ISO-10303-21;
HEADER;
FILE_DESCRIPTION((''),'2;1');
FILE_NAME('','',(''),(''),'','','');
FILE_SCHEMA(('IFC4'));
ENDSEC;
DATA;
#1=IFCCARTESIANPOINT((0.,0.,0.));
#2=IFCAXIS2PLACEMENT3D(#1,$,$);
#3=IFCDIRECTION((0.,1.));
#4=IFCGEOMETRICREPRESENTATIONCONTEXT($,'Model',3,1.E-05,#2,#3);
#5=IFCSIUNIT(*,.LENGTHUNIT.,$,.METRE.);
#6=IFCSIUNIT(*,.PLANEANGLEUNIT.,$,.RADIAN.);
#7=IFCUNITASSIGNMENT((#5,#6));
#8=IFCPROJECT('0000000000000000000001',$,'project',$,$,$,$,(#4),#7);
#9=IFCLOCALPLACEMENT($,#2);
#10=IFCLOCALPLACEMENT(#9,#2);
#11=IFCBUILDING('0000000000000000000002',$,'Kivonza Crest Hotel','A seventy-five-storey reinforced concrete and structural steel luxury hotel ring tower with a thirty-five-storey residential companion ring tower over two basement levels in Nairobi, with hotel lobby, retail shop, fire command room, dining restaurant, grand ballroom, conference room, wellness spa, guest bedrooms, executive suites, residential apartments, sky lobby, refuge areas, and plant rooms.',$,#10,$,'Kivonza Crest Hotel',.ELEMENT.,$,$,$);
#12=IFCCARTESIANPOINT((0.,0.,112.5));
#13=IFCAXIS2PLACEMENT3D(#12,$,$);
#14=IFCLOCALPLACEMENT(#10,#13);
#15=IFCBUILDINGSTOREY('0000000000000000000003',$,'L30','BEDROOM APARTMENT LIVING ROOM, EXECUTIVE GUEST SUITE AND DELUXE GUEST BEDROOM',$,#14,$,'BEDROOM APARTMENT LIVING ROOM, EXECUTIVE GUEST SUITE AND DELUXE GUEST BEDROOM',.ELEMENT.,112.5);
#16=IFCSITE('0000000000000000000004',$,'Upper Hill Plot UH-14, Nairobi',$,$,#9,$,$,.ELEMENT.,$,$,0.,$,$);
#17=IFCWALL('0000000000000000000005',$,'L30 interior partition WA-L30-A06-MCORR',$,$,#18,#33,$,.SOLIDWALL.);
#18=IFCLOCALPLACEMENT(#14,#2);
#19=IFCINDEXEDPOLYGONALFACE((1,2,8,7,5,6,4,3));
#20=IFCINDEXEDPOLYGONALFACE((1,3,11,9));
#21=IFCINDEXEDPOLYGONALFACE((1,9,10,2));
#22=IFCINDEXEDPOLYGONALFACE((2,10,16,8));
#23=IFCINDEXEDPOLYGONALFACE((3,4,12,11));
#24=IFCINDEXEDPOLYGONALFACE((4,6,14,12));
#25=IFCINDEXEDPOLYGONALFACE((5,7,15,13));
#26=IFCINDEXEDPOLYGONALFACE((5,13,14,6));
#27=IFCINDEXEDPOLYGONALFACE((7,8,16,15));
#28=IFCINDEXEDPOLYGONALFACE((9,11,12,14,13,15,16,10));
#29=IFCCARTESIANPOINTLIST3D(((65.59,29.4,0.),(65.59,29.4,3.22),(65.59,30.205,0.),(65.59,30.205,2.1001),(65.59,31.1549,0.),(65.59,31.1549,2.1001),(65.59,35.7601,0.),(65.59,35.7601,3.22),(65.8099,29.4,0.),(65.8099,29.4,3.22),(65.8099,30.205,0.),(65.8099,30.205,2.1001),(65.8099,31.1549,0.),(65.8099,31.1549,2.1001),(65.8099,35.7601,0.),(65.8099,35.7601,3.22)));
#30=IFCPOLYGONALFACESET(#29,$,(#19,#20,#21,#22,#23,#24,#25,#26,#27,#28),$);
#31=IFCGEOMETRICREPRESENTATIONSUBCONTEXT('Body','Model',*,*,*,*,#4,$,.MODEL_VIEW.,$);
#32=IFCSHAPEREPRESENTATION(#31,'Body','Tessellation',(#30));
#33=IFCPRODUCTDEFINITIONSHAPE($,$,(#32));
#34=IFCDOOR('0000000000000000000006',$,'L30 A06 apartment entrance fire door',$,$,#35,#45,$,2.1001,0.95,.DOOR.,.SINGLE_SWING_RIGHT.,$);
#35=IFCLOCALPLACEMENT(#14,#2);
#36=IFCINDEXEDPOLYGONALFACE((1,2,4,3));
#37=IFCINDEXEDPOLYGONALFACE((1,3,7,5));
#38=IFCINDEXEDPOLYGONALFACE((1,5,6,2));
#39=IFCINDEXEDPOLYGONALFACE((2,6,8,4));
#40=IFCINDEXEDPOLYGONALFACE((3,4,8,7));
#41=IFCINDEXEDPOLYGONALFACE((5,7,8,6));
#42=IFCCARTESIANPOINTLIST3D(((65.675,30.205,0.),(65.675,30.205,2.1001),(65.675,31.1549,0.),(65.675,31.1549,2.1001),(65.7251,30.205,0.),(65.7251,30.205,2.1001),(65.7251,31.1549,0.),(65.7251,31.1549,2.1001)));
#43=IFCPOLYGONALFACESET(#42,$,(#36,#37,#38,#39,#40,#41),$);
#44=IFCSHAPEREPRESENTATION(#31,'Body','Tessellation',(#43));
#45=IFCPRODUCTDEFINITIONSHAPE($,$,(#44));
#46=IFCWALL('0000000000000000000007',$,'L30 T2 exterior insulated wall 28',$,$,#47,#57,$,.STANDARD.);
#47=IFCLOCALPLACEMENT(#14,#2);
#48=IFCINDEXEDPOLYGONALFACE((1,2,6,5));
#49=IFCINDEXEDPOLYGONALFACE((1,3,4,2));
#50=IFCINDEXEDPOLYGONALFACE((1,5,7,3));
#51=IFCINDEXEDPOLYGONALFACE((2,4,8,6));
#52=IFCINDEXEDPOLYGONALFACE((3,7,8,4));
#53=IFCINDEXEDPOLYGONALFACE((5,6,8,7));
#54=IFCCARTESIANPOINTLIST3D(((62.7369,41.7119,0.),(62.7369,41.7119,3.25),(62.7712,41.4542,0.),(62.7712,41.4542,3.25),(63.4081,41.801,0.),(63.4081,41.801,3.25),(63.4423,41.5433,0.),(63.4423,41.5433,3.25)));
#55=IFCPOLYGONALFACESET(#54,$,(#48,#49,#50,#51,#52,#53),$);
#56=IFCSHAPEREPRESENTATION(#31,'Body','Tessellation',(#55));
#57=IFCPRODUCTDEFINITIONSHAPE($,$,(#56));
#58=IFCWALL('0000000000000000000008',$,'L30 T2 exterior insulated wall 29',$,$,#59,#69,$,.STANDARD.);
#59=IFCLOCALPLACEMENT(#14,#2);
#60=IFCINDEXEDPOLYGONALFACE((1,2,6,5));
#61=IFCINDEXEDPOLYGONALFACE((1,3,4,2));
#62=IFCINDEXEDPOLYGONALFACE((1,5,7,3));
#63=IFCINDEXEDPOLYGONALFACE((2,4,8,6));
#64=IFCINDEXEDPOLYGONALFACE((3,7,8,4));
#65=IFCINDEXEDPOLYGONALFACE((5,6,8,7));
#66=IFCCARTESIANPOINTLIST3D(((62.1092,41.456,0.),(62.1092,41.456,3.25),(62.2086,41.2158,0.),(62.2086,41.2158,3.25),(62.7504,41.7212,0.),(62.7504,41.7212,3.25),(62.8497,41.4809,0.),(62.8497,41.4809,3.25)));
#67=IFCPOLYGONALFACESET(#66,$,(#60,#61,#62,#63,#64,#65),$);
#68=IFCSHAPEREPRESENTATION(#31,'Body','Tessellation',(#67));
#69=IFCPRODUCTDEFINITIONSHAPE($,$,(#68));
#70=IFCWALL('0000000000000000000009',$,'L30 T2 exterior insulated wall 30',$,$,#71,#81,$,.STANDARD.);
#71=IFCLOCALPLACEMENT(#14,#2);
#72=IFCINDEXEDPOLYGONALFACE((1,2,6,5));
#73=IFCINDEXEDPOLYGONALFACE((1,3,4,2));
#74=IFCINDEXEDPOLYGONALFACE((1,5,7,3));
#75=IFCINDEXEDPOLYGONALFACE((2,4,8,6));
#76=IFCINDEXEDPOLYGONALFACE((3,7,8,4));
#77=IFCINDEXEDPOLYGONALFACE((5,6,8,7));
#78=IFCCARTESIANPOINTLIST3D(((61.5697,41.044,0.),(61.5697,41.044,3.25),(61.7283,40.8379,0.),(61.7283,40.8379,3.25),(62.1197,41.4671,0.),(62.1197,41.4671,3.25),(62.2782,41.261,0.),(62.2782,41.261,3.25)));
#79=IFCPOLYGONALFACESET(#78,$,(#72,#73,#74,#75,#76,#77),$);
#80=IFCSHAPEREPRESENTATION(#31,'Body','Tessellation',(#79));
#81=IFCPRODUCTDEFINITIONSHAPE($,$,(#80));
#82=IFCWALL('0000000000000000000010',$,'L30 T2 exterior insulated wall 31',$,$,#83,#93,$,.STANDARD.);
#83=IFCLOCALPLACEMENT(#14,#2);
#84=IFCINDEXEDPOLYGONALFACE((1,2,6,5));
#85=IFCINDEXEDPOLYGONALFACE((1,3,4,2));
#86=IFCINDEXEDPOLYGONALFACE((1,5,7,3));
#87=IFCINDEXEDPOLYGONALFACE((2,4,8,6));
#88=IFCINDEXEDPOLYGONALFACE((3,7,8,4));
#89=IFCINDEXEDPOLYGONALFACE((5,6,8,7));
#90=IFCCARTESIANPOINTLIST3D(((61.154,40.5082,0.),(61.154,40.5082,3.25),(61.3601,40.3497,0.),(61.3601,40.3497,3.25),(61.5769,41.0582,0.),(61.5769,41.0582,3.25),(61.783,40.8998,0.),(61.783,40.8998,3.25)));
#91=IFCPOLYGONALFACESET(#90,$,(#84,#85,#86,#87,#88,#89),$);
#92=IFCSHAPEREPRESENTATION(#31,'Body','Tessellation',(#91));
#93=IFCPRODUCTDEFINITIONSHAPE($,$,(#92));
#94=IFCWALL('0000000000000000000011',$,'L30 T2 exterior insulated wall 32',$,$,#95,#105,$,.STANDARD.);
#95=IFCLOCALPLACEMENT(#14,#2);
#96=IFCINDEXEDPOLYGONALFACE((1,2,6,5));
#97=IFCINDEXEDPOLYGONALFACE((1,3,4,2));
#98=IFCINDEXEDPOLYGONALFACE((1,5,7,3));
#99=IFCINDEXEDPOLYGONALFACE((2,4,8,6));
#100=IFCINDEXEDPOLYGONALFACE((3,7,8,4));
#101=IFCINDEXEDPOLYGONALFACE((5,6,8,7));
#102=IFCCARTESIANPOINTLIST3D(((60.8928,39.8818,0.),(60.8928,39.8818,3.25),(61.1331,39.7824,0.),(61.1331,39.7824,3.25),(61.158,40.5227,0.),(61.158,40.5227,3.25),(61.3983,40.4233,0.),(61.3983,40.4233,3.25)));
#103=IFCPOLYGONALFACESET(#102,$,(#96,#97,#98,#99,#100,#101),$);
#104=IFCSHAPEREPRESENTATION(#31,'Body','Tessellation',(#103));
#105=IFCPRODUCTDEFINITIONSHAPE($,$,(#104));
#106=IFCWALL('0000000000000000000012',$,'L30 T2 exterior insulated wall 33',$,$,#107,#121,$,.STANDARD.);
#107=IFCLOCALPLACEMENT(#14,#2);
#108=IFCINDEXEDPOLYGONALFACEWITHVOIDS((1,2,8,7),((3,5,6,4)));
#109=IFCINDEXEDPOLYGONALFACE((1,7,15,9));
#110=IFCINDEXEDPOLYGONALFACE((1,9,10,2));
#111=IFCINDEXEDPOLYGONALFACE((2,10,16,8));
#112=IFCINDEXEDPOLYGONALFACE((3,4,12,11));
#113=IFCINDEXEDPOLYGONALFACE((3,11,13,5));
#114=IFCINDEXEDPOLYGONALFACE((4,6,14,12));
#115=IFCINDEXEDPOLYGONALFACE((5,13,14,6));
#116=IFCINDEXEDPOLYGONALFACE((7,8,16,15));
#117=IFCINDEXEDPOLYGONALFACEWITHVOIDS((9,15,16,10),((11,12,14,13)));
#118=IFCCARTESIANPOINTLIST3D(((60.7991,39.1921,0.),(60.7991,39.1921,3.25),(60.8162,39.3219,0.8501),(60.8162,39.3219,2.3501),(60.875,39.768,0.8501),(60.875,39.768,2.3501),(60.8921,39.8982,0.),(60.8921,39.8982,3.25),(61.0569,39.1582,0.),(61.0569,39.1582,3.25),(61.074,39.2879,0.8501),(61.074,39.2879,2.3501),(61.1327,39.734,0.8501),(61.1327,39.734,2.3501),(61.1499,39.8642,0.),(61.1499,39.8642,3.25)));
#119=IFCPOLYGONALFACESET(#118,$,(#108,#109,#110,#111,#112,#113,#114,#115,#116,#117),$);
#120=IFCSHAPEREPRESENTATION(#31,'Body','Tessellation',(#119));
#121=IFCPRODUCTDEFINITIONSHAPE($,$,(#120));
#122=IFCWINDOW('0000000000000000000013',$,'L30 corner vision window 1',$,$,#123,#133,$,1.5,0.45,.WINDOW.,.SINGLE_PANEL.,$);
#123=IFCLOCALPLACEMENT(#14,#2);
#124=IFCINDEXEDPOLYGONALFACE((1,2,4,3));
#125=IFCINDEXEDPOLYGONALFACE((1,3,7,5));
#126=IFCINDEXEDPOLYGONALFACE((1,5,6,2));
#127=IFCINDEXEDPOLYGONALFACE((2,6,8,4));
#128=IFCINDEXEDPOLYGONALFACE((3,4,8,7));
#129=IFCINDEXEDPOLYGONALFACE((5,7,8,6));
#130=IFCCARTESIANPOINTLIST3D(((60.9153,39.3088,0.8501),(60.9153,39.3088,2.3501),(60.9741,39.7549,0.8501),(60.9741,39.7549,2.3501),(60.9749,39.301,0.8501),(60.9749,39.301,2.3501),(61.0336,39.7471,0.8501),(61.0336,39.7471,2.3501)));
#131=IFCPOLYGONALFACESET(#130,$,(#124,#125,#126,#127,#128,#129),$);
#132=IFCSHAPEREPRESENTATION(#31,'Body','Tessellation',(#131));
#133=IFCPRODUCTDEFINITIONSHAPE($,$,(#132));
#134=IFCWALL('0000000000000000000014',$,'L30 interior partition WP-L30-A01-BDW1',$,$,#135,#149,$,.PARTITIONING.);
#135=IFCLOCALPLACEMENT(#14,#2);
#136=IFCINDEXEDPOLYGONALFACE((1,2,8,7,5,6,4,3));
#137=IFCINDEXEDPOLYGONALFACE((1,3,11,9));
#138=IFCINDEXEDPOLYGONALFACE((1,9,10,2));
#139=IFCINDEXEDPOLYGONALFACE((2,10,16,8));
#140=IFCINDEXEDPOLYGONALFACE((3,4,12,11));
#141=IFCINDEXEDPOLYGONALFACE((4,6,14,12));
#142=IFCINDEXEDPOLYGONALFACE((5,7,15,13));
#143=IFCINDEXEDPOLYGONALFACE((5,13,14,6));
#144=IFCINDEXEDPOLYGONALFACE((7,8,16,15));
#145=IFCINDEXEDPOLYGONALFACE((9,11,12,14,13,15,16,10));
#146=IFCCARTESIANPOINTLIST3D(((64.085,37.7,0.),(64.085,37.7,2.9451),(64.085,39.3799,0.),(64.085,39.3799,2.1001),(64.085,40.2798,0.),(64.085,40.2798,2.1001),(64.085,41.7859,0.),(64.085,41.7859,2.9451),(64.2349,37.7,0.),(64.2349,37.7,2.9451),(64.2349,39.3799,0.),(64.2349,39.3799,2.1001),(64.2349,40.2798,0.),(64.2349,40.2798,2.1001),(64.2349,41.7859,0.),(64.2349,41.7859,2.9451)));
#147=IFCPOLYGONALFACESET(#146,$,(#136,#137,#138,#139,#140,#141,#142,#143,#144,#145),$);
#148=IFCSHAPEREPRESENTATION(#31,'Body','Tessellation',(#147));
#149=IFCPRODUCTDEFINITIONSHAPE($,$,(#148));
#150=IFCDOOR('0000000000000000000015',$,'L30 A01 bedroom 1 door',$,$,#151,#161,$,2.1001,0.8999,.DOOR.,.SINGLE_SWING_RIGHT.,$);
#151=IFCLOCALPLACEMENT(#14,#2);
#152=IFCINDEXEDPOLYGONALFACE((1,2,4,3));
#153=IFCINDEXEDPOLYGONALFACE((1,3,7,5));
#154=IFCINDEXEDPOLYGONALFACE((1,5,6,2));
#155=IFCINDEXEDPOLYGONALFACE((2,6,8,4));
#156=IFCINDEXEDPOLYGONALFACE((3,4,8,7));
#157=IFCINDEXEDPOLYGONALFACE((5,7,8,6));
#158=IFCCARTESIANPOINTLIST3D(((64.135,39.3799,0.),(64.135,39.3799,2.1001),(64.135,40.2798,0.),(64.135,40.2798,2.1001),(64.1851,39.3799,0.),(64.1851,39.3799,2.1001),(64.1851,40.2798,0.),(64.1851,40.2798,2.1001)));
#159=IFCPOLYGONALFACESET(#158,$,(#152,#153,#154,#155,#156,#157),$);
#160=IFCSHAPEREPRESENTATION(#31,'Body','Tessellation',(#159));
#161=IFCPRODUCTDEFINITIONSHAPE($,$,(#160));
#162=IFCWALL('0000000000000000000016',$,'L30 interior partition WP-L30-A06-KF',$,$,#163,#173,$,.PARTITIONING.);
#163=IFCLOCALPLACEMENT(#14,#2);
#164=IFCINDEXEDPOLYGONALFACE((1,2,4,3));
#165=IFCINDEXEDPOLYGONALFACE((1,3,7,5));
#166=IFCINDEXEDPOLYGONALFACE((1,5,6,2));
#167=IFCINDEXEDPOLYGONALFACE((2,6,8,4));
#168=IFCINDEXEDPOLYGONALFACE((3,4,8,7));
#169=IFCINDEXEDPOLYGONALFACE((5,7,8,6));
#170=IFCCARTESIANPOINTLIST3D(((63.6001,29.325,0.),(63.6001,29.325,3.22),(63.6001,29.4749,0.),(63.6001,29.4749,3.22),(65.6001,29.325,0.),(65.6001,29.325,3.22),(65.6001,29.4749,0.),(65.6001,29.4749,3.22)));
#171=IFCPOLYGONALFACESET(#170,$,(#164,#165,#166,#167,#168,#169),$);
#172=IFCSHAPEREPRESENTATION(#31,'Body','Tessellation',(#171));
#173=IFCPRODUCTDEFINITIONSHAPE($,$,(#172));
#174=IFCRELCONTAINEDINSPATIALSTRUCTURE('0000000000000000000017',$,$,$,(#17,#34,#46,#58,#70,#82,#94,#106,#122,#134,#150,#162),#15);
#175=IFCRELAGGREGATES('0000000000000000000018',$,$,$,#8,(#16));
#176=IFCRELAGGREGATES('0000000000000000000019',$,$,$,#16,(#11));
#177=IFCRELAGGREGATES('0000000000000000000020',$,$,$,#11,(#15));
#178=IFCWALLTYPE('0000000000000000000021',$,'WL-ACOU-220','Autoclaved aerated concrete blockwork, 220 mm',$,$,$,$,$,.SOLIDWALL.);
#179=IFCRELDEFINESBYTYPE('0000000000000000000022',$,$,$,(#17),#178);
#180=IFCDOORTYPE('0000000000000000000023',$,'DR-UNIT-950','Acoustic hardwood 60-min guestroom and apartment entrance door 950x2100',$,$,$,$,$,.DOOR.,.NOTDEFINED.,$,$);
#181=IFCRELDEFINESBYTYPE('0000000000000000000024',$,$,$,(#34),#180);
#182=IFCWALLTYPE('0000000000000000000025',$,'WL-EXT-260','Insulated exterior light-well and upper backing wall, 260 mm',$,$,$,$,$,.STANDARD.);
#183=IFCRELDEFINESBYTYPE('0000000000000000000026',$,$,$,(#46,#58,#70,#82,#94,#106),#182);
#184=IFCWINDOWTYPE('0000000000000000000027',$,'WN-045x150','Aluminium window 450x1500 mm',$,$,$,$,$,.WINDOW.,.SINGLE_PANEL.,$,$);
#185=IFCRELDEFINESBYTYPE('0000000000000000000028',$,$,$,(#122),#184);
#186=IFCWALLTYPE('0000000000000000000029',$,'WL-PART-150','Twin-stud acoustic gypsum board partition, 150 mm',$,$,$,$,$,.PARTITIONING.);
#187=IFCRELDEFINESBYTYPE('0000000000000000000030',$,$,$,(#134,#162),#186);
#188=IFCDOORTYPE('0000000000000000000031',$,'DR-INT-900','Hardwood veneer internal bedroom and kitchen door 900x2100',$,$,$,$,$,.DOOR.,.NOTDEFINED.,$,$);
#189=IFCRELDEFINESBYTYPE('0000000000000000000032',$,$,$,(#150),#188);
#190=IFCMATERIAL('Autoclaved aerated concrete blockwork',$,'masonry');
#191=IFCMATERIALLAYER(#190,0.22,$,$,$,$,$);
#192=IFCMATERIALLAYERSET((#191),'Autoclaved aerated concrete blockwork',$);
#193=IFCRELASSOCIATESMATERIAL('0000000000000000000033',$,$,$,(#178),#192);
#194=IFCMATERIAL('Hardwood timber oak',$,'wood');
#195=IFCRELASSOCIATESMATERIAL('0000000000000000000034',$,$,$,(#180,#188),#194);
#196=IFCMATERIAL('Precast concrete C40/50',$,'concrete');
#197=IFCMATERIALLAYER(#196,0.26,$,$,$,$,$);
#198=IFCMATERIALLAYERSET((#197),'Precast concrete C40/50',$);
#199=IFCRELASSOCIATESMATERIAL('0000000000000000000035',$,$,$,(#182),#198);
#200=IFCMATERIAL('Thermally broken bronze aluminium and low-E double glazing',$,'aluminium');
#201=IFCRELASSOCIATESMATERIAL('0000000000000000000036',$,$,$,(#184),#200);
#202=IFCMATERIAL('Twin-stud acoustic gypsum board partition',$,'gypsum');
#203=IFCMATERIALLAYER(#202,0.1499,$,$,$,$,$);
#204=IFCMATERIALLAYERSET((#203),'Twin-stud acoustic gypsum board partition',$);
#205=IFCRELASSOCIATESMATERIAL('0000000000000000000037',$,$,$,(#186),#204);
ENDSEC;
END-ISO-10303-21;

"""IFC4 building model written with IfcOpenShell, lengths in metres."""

from ifc_helpers import new_model, si_unit, direction, frame, frame_2d, origin, place, context, subcontext, project, spatial, rectangle, extrude, material, layer, layer_set, type_object, element, fill, save


model = new_model("IFC4")

# Units and contexts
model_context = context("Model", 3, precision=1e-05, world=origin(), true_north=direction((0.0, 1.0)))
body_context = subcontext(model_context, "Body", "Model", "MODEL_VIEW")
ifc_project = project(units=[si_unit("LENGTHUNIT", "METRE"), si_unit("PLANEANGLEUNIT", "RADIAN")], contexts=[model_context])

# Site, building, storey
site_placement = place(None, origin())
site = spatial("IfcSite", under=ifc_project, at=site_placement, Name="Upper Hill Plot UH-14, Nairobi", CompositionType="ELEMENT", RefElevation=0.0)
building_placement = place(site_placement, origin())
building = spatial("IfcBuilding", under=site, at=building_placement, Name="Kivonza Crest Hotel", Description="A seventy-five-storey reinforced concrete and structural steel luxury hotel ring tower with a thirty-five-storey residential companion ring tower over two basement levels in Nairobi, with hotel lobby, retail shop, fire command room, dining restaurant, grand ballroom, conference room, wellness spa, guest bedrooms, executive suites, residential apartments, sky lobby, refuge areas, and plant rooms.", LongName="Kivonza Crest Hotel", CompositionType="ELEMENT")
storey_placement = place(building_placement, frame((0.0, 0.0, 112.5)))
storey = spatial("IfcBuildingStorey", under=building, at=storey_placement, Name="L30", Description="BEDROOM APARTMENT LIVING ROOM, EXECUTIVE GUEST SUITE AND DELUXE GUEST BEDROOM", LongName="BEDROOM APARTMENT LIVING ROOM, EXECUTIVE GUEST SUITE AND DELUXE GUEST BEDROOM", CompositionType="ELEMENT", Elevation=112.5)

# Wall, opening, door
ifc_material_1 = material(Name="Autoclaved aerated concrete blockwork", Category="masonry")
ifc_layer_1 = layer(ifc_material_1, 0.22)
ifc_layer_set_1 = layer_set([ifc_layer_1], Name="Autoclaved aerated concrete blockwork")
wall_type_1 = type_object("IfcWallType", Name="WL-ACOU-220", Description="Autoclaved aerated concrete blockwork, 220 mm", PredefinedType="SOLIDWALL", material=ifc_layer_set_1)
wall_1_placement = place(storey_placement, frame((65.7, 29.3999, 0.0), z_axis=(0.0, 0.0, 1.0), x_axis=(0.0, 1.0, 0.0)))
wall_1 = element("IfcWall", 1, at=wall_1_placement, inside=storey, type_object=wall_type_1, Name="L30 interior partition WA-L30-A06-MCORR", PredefinedType="SOLIDWALL", context=body_context, shape_type="SweptSolid", body=[
    extrude(rectangle(XDim=6.3601, YDim=0.22, at=frame_2d((3.1802, 0.0))), origin(), (0.0, 0.0, 1.0), 3.22),
])
opening_1_placement = place(wall_1_placement, frame((0.8049, 0.0, 0.0)))
opening_1 = element("IfcOpeningElement", 2, at=opening_1_placement, cuts=wall_1, PredefinedType="OPENING", context=body_context, shape_type="SweptSolid", body=[
    extrude(rectangle(XDim=0.95, YDim=2.1001, at=frame_2d((0.4751, 1.05))), frame((0.0, 0.1201, 0.0), z_axis=(0.0, -1.0, 0.0), x_axis=(1.0, 0.0, 0.0)), (0.0, 0.0, 1.0), 0.24),
])
ifc_material_2 = material(Name="Hardwood timber oak", Category="wood")
door_type_1 = type_object("IfcDoorType", Name="DR-UNIT-950", Description="Acoustic hardwood 60-min guestroom and apartment entrance door 950x2100", OperationType="NOTDEFINED", PredefinedType="DOOR", material=ifc_material_2)
door_1_placement = place(opening_1_placement, origin())
door_1 = element("IfcDoor", 3, at=door_1_placement, inside=storey, type_object=door_type_1, Name="L30 A06 apartment entrance fire door", OperationType="SINGLE_SWING_RIGHT", OverallHeight=2.1001, OverallWidth=0.95, PredefinedType="DOOR", context=body_context, shape_type="SweptSolid", body=[
    extrude(rectangle(XDim=0.95, YDim=2.1001, at=frame_2d((0.4751, 1.05))), frame((0.0, 0.0249, 0.0), z_axis=(0.0, -1.0, 0.0), x_axis=(1.0, 0.0, 0.0)), (0.0, 0.0, 1.0), 0.05),
])
fill(opening_1, door_1)

# Walls
ifc_material_3 = material(Name="Precast concrete C40/50", Category="concrete")
ifc_layer_2 = layer(ifc_material_3, 0.26)
ifc_layer_set_2 = layer_set([ifc_layer_2], Name="Precast concrete C40/50")
wall_type_2 = type_object("IfcWallType", Name="WL-EXT-260", Description="Insulated exterior light-well and upper backing wall, 260 mm", PredefinedType="STANDARD", material=ifc_layer_set_2)
wall_2_placement = place(storey_placement, frame((63.425, 41.6721, 0.0), z_axis=(0.0, 0.0, 1.0), x_axis=(-0.9913, -0.13162, 0.0)))
element("IfcWall", 4, at=wall_2_placement, inside=storey, type_object=wall_type_2, Name="L30 T2 exterior insulated wall 28", PredefinedType="STANDARD", context=body_context, shape_type="SweptSolid", body=[
    extrude(rectangle(XDim=0.677, YDim=0.26, at=frame_2d((0.3384, 0.0))), origin(), (0.0, 0.0, 1.0), 3.25),
])
for number, where, z_axis, x_axis, name in (
    (5, (62.8, 41.6011, 0.0), (0.0, 0.0, 1.0), (-0.924094, -0.382165, 0.0), "L30 T2 exterior insulated wall 29"),
    (6, (62.199, 41.364, 0.0), (0.0, 0.0, 1.0), (-0.792637, -0.609694, 0.0), "L30 T2 exterior insulated wall 30"),
    (7, (61.6799, 40.979, 0.0), (0.0, 0.0, 1.0), (-0.609473, -0.792807, 0.0), "L30 T2 exterior insulated wall 31"),
):
    element("IfcWall", number, at=place(storey_placement, frame(where, z_axis=z_axis, x_axis=x_axis)), inside=storey, type_object=wall_type_2, Name=name, PredefinedType="STANDARD", context=body_context, shape_type="SweptSolid", body=[
        extrude(rectangle(XDim=0.6938, YDim=0.26, at=frame_2d((0.3469, 0.0))), origin(), (0.0, 0.0, 1.0), 3.25),
    ])
wall_3_placement = place(storey_placement, frame((61.2781, 40.4729, 0.0), z_axis=(0.0, 0.0, 1.0), x_axis=(-0.38229, -0.924043, 0.0)))
element("IfcWall", 8, at=wall_3_placement, inside=storey, type_object=wall_type_2, Name="L30 T2 exterior insulated wall 32", PredefinedType="STANDARD", context=body_context, shape_type="SweptSolid", body=[
    extrude(rectangle(XDim=0.6936, YDim=0.26, at=frame_2d((0.3467, 0.0))), origin(), (0.0, 0.0, 1.0), 3.25),
])

# Wall, opening, window
wall_4_placement = place(storey_placement, frame((61.021, 39.8811, 0.0), z_axis=(0.0, 0.0, 1.0), x_axis=(-0.130614, -0.991433, 0.0)))
wall_4 = element("IfcWall", 9, at=wall_4_placement, inside=storey, type_object=wall_type_2, Name="L30 T2 exterior insulated wall 33", PredefinedType="STANDARD", context=body_context, shape_type="SweptSolid", body=[
    extrude(rectangle(XDim=0.7122, YDim=0.26, at=frame_2d((0.356, 0.0))), origin(), (0.0, 0.0, 1.0), 3.25),
])
opening_2_placement = place(wall_4_placement, frame((0.1311, 0.0, 0.8501)))
opening_2 = element("IfcOpeningElement", 10, at=opening_2_placement, cuts=wall_4, PredefinedType="OPENING", context=body_context, shape_type="SweptSolid", body=[
    extrude(rectangle(XDim=0.45, YDim=1.5, at=frame_2d((0.2251, 0.75))), frame((0.0, 0.1401, 0.0), z_axis=(0.0, -1.0, 0.0), x_axis=(1.0, 0.0, 0.0)), (0.0, 0.0, 1.0), 0.28),
])
ifc_material_4 = material(Name="Thermally broken bronze aluminium and low-E double glazing", Category="aluminium")
window_type = type_object("IfcWindowType", Name="WN-045x150", Description="Aluminium window 450x1500 mm", PartitioningType="SINGLE_PANEL", PredefinedType="WINDOW", material=ifc_material_4)
window_placement = place(opening_2_placement, origin())
window = element("IfcWindow", 11, at=window_placement, inside=storey, type_object=window_type, Name="L30 corner vision window 1", OverallHeight=1.5, OverallWidth=0.45, PartitioningType="SINGLE_PANEL", PredefinedType="WINDOW", context=body_context, shape_type="SweptSolid", body=[
    extrude(rectangle(XDim=0.45, YDim=1.5, at=frame_2d((0.2251, 0.75))), frame((0.0, 0.03, 0.0), z_axis=(0.0, -1.0, 0.0), x_axis=(1.0, 0.0, 0.0)), (0.0, 0.0, 1.0), 0.0601),
])
fill(opening_2, window)

# Wall, opening, door
ifc_material_5 = material(Name="Twin-stud acoustic gypsum board partition", Category="gypsum")
ifc_layer_3 = layer(ifc_material_5, 0.1499)
ifc_layer_set_3 = layer_set([ifc_layer_3], Name="Twin-stud acoustic gypsum board partition")
wall_type_3 = type_object("IfcWallType", Name="WL-PART-150", Description="Twin-stud acoustic gypsum board partition, 150 mm", PredefinedType="PARTITIONING", material=ifc_layer_set_3)
wall_5_placement = place(storey_placement, frame((64.1599, 37.7, 0.0), z_axis=(0.0, 0.0, 1.0), x_axis=(0.0, 1.0, 0.0)))
wall_5 = element("IfcWall", 12, at=wall_5_placement, inside=storey, type_object=wall_type_3, Name="L30 interior partition WP-L30-A01-BDW1", PredefinedType="PARTITIONING", context=body_context, shape_type="SweptSolid", body=[
    extrude(rectangle(XDim=4.0859, YDim=0.1499, at=frame_2d((2.043, 0.0))), origin(), (0.0, 0.0, 1.0), 2.9451),
])
opening_3_placement = place(wall_5_placement, frame((1.6799, 0.0, 0.0)))
opening_3 = element("IfcOpeningElement", 13, at=opening_3_placement, cuts=wall_5, PredefinedType="OPENING", context=body_context, shape_type="SweptSolid", body=[
    extrude(rectangle(XDim=0.8999, YDim=2.1001, at=frame_2d((0.45, 1.05))), frame((0.0, 0.085, 0.0), z_axis=(0.0, -1.0, 0.0), x_axis=(1.0, 0.0, 0.0)), (0.0, 0.0, 1.0), 0.1699),
])
door_type_2 = type_object("IfcDoorType", Name="DR-INT-900", Description="Hardwood veneer internal bedroom and kitchen door 900x2100", OperationType="NOTDEFINED", PredefinedType="DOOR", material=ifc_material_2)
door_2_placement = place(opening_3_placement, origin())
door_2 = element("IfcDoor", 14, at=door_2_placement, inside=storey, type_object=door_type_2, Name="L30 A01 bedroom 1 door", OperationType="SINGLE_SWING_RIGHT", OverallHeight=2.1001, OverallWidth=0.8999, PredefinedType="DOOR", context=body_context, shape_type="SweptSolid", body=[
    extrude(rectangle(XDim=0.8999, YDim=2.1001, at=frame_2d((0.45, 1.05))), frame((0.0, 0.0249, 0.0), z_axis=(0.0, -1.0, 0.0), x_axis=(1.0, 0.0, 0.0)), (0.0, 0.0, 1.0), 0.05),
])
fill(opening_3, door_2)

# Wall
wall_6_placement = place(storey_placement, frame((63.6001, 29.3999, 0.0), z_axis=(0.0, 0.0, 1.0), x_axis=(1.0, 0.0, 0.0)))
element("IfcWall", 15, at=wall_6_placement, inside=storey, type_object=wall_type_3, Name="L30 interior partition WP-L30-A06-KF", PredefinedType="PARTITIONING", context=body_context, shape_type="SweptSolid", body=[
    extrude(rectangle(XDim=2.0, YDim=0.1499, at=frame_2d((1.0, 0.0))), origin(), (0.0, 0.0, 1.0), 3.22),
])

save(model, "model.ifc")
